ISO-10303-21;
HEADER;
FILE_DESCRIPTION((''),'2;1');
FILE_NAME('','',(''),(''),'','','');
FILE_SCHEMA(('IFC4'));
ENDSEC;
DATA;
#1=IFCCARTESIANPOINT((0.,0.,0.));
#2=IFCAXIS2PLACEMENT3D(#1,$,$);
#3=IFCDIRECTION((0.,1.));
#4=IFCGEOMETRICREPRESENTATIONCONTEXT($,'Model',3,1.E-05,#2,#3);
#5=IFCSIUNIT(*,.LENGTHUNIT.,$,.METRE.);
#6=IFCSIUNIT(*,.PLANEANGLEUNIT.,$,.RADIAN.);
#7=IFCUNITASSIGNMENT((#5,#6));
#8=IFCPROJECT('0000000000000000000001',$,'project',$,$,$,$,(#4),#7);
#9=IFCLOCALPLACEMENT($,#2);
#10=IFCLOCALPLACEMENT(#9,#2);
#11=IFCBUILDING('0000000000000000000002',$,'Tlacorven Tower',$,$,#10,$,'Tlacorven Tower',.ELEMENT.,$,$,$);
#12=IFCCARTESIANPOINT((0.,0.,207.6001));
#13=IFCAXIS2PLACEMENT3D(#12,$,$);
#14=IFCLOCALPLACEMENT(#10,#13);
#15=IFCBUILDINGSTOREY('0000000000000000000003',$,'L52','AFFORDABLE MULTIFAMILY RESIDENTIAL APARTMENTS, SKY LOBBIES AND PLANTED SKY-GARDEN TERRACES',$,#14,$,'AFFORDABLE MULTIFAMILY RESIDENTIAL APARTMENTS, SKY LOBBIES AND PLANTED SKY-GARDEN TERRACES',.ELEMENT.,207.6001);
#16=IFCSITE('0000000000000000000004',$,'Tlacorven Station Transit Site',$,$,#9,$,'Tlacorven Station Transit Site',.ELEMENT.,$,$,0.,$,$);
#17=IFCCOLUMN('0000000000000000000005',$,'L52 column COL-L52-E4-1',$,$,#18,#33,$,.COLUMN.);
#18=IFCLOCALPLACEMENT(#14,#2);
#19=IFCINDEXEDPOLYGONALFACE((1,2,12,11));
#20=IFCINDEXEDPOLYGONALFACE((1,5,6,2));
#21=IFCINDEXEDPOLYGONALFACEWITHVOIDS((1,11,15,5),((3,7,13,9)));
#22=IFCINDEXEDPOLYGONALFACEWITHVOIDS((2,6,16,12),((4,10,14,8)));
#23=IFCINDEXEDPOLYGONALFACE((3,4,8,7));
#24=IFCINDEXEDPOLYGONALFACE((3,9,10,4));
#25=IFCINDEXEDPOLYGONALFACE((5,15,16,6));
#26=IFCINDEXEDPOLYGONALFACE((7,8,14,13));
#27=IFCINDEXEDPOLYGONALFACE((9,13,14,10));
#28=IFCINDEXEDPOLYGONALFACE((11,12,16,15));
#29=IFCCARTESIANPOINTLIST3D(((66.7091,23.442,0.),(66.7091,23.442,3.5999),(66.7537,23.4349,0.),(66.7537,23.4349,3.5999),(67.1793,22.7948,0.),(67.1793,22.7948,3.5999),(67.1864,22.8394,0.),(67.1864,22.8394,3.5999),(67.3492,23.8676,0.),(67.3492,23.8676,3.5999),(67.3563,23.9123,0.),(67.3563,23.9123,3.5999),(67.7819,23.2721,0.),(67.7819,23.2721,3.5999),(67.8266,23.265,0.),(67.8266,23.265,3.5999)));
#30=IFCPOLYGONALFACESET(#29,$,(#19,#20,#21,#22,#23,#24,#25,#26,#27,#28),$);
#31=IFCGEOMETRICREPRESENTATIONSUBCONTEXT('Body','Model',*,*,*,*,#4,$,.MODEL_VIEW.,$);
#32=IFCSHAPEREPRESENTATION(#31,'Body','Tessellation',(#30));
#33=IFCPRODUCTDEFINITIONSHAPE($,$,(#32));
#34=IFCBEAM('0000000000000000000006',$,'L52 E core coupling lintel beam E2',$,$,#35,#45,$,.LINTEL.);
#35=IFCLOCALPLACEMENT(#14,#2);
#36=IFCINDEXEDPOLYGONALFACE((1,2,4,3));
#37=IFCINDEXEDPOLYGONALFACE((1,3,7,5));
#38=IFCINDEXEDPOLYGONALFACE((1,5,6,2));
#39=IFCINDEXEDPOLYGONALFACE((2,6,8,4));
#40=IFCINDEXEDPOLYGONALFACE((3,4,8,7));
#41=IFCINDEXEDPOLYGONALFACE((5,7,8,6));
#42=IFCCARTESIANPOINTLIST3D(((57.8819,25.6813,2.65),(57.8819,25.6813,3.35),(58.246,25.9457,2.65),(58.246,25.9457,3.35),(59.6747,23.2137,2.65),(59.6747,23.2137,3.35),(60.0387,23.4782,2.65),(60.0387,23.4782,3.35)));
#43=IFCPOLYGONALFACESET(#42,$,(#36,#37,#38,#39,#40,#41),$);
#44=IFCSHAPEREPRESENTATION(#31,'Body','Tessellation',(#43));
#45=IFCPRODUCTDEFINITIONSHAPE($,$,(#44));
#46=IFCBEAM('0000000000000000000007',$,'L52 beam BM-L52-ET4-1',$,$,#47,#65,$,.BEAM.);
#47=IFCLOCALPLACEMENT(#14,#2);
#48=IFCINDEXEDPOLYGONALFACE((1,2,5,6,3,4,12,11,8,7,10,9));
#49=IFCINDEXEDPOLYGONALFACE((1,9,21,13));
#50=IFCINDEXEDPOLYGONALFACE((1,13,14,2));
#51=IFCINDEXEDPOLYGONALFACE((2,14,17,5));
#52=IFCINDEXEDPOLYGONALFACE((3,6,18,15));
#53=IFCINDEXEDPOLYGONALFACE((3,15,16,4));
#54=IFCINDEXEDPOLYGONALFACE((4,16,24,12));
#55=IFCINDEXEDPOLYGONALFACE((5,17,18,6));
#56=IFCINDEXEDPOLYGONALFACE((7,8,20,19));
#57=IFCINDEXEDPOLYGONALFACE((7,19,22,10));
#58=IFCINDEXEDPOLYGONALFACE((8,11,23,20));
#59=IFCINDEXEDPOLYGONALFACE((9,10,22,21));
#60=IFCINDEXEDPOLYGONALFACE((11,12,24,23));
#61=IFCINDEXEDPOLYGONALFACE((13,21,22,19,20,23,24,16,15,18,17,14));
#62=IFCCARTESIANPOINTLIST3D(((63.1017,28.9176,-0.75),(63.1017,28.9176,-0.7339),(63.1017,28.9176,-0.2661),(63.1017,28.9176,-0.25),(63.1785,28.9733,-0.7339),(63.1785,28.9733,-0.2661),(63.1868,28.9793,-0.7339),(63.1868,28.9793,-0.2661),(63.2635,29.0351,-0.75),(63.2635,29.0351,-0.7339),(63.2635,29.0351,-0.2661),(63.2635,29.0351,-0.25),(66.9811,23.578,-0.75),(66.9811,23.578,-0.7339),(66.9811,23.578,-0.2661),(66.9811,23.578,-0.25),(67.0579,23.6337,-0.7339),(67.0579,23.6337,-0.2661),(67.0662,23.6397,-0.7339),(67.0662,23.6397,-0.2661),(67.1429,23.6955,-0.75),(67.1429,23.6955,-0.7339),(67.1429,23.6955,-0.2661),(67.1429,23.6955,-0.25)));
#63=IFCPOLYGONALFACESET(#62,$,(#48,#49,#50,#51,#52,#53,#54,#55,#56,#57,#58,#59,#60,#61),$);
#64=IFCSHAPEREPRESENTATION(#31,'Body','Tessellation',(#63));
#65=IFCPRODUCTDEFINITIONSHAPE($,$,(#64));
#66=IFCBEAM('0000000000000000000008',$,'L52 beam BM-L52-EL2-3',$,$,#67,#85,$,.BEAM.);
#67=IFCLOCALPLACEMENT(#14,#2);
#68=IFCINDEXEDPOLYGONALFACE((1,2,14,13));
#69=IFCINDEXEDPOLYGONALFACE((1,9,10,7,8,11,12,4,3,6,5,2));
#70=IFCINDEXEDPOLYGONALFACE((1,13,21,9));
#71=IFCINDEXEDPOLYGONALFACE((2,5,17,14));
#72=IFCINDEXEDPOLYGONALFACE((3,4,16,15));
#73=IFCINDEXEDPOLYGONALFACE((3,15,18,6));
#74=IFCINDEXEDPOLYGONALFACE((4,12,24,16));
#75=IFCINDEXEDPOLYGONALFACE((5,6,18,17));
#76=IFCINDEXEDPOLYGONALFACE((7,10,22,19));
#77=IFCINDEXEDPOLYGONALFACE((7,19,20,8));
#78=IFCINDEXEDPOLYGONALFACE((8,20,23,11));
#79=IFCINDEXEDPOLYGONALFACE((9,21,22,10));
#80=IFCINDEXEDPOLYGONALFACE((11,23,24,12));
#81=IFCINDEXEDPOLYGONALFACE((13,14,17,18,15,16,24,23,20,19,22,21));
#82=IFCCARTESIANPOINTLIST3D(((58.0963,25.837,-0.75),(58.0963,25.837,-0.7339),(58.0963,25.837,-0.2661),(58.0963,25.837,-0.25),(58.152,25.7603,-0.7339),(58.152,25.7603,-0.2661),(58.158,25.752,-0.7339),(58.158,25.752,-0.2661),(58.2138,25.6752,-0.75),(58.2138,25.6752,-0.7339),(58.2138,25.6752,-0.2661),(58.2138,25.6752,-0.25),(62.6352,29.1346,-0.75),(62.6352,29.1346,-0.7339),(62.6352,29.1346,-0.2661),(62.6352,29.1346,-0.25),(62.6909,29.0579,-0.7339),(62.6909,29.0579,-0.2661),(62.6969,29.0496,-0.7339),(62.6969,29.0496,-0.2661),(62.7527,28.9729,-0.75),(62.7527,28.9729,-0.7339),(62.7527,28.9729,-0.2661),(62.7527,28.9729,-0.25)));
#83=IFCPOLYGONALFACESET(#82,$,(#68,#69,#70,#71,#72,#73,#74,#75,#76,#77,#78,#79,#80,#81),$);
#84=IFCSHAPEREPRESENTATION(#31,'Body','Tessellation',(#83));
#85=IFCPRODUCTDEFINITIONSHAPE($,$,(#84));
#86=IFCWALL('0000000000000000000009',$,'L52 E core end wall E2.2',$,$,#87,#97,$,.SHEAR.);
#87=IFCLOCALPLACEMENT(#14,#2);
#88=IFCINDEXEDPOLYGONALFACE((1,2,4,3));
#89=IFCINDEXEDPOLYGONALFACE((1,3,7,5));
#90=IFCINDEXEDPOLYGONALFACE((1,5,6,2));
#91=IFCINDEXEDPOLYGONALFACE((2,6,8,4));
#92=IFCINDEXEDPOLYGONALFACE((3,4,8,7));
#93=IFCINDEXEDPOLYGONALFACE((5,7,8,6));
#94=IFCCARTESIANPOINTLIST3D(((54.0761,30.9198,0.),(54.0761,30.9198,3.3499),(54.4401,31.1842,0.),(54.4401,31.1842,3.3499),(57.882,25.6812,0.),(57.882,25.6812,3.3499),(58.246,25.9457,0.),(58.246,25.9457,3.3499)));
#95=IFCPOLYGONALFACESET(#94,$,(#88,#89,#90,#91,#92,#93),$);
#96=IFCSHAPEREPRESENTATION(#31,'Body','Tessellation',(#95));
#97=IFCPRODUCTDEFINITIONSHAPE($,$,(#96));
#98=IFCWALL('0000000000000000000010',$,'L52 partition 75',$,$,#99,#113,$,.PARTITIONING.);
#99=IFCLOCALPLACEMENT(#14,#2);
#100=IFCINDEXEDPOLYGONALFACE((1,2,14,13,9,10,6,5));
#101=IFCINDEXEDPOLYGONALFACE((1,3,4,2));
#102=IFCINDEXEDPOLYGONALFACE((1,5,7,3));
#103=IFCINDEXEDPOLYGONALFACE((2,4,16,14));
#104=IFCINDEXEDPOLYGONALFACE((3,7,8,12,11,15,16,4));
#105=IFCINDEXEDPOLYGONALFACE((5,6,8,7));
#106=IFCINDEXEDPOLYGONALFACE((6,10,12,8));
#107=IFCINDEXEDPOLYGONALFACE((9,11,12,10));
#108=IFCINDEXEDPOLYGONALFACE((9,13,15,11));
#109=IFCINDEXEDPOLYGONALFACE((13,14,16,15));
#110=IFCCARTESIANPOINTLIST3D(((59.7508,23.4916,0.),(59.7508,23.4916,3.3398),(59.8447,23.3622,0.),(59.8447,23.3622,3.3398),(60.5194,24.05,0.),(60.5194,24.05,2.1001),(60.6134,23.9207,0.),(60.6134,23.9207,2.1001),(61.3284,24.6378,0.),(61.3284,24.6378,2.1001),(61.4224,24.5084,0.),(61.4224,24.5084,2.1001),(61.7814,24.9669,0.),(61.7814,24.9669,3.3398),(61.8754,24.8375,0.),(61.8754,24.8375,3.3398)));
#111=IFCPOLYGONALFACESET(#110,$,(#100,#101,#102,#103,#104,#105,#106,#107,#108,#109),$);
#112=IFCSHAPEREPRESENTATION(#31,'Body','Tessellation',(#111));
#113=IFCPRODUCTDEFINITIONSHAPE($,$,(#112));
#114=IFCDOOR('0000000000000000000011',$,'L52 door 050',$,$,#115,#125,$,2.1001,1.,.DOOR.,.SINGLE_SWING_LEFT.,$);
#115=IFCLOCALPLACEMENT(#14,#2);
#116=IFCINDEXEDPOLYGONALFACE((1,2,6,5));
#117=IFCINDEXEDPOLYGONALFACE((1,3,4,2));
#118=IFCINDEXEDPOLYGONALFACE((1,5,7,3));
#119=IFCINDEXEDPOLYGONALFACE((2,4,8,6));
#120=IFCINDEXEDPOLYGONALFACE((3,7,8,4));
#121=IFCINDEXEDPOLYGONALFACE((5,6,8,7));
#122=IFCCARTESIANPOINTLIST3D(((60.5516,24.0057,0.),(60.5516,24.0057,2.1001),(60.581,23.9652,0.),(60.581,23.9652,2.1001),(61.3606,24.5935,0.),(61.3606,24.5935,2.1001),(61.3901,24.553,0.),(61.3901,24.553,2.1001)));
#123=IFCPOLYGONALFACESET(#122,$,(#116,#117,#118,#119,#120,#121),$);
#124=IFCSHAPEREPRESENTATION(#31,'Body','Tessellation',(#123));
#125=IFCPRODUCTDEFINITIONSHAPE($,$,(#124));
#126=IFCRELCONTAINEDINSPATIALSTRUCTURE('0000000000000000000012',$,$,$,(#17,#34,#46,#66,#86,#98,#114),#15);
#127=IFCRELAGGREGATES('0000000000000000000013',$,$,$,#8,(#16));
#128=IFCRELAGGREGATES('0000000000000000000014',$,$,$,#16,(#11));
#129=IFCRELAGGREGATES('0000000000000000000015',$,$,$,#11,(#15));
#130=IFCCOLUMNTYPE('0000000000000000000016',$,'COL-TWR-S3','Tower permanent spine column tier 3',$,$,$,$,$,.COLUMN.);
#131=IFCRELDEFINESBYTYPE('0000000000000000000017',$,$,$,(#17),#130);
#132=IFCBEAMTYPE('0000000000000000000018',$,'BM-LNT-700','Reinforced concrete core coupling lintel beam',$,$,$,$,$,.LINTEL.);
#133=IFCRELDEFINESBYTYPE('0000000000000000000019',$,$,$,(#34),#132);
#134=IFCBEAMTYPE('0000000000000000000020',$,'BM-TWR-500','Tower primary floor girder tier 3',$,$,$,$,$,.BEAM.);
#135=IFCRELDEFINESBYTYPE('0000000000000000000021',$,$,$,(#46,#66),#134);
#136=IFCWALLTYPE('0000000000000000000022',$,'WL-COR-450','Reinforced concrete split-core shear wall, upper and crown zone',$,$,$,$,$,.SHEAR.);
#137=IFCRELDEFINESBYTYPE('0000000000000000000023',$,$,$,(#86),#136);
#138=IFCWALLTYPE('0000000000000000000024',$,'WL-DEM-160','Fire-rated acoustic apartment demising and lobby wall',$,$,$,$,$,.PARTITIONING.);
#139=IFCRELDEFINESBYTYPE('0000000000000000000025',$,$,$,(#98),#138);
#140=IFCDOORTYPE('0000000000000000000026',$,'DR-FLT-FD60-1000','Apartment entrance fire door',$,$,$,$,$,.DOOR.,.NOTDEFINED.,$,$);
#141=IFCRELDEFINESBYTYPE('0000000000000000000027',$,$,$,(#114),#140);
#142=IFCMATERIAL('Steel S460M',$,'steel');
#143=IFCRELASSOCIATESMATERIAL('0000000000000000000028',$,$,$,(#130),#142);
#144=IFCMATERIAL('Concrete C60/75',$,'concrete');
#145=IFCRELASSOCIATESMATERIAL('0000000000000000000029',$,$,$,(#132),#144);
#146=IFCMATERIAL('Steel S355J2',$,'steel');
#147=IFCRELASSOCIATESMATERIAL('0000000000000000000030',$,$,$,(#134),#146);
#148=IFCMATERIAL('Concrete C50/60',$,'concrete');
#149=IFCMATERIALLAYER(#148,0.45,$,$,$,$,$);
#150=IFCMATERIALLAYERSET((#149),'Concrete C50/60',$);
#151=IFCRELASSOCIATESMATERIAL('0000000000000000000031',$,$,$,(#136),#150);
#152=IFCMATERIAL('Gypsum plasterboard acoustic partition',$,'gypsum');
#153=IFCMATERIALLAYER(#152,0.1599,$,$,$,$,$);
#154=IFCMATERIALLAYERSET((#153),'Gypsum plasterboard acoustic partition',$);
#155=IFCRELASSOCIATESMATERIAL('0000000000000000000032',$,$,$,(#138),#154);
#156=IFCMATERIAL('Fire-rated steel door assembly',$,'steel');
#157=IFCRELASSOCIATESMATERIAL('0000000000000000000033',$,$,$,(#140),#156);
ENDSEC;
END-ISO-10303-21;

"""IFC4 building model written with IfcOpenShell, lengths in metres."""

from ifc_helpers import new_model, si_unit, direction, frame, frame_2d, origin, origin_2d, place, context, subcontext, project, spatial, rectangle, hollow_rectangle, i_section, extrude, source, transform, mapped, material, layer, layer_set, material_profile, profile_set, type_object, element, fill, save


model = new_model("IFC4")

# Units and contexts
model_context = context("Model", 3, precision=1e-05, world=origin(), true_north=direction((0.0, 1.0)))
body_context = subcontext(model_context, "Body", "Model", "MODEL_VIEW")
ifc_project = project(units=[si_unit("LENGTHUNIT", "METRE"), si_unit("PLANEANGLEUNIT", "RADIAN")], contexts=[model_context])

# Site, building, storey
site_placement = place(None, origin())
site = spatial("IfcSite", under=ifc_project, at=site_placement, Name="Tlacorven Station Transit Site", LongName="Tlacorven Station Transit Site", CompositionType="ELEMENT", RefElevation=0.0)
building_placement = place(site_placement, origin())
building = spatial("IfcBuilding", under=site, at=building_placement, Name="Tlacorven Tower", LongName="Tlacorven Tower", CompositionType="ELEMENT")
storey_placement = place(building_placement, frame((0.0, 0.0, 207.6001)))
storey = spatial("IfcBuildingStorey", under=building, at=storey_placement, Name="L52", Description="AFFORDABLE MULTIFAMILY RESIDENTIAL APARTMENTS, SKY LOBBIES AND PLANTED SKY-GARDEN TERRACES", LongName="AFFORDABLE MULTIFAMILY RESIDENTIAL APARTMENTS, SKY LOBBIES AND PLANTED SKY-GARDEN TERRACES", CompositionType="ELEMENT", Elevation=207.6001)

# Column
ifc_material_1 = material(Name="Steel S460M", Category="steel")
ifc_material_profile_1 = material_profile(ifc_material_1, hollow_rectangle(XDim=0.8, YDim=0.8, WallThickness=0.032, at=origin_2d()), Name="BOX 800X800X32")
ifc_profile_set_1 = profile_set([ifc_material_profile_1], Name="Steel S460M")
column_type = type_object("IfcColumnType", Name="COL-TWR-S3", Description="Tower permanent spine column tier 3", PredefinedType="COLUMN", material=ifc_profile_set_1)
shared_shape_1 = source(origin(), body_context, "Body", "SweptSolid", [
    extrude(hollow_rectangle(XDim=0.8, YDim=0.8, WallThickness=0.032, at=origin_2d()), origin(), (0.0, 0.0, 1.0), 3.5999),
])
column_placement = place(storey_placement, frame((67.2678, 23.3535, 0.0), z_axis=(0.0, 0.0, 1.0), x_axis=(0.809017, 0.587785, 0.0)))
element("IfcColumn", 1, at=column_placement, inside=storey, type_object=column_type, Name="L52 column COL-L52-E4-1", PredefinedType="COLUMN", context=body_context, shape_type="MappedRepresentation", body=[
    mapped(shared_shape_1, transform((0.0, 0.0, 0.0), scale=1.0)),
])

# Beams
ifc_material_2 = material(Name="Concrete C60/75", Category="concrete")
ifc_material_profile_2 = material_profile(ifc_material_2, rectangle(XDim=0.45, YDim=0.7, at=origin_2d()), Name="RC 450X700")
ifc_profile_set_2 = profile_set([ifc_material_profile_2], Name="Concrete C60/75")
beam_type_1 = type_object("IfcBeamType", Name="BM-LNT-700", Description="Reinforced concrete core coupling lintel beam", PredefinedType="LINTEL", material=ifc_profile_set_2)
shared_shape_2 = source(origin(), body_context, "Body", "SweptSolid", [
    extrude(rectangle(XDim=0.45, YDim=0.7, at=origin_2d()), origin(), (0.0, 0.0, 1.0), 3.05),
])
beam_1_placement = place(storey_placement, frame((59.8567, 23.3459, 3.0), z_axis=(-0.587777, 0.809023, 0.0), x_axis=(-0.809023, -0.587777, 0.0)))
element("IfcBeam", 2, at=beam_1_placement, inside=storey, type_object=beam_type_1, Name="L52 E core coupling lintel beam E2", PredefinedType="LINTEL", context=body_context, shape_type="MappedRepresentation", body=[
    mapped(shared_shape_2, transform((0.0, 0.0, 0.0), scale=1.0)),
])
ifc_material_3 = material(Name="Steel S355J2", Category="steel")
ifc_material_profile_3 = material_profile(ifc_material_3, i_section(OverallWidth=0.2, OverallDepth=0.5, WebThickness=0.0103, FlangeThickness=0.0161, at=origin_2d()), Name="IPE 500")
ifc_profile_set_3 = profile_set([ifc_material_profile_3], Name="Steel S355J2")
beam_type_2 = type_object("IfcBeamType", Name="BM-TWR-500", Description="Tower primary floor girder tier 3", PredefinedType="BEAM", material=ifc_profile_set_3)
shared_shape_3 = source(origin(), body_context, "Body", "SweptSolid", [
    extrude(i_section(OverallWidth=0.2, OverallDepth=0.5, WebThickness=0.0103, FlangeThickness=0.0161, at=origin_2d()), origin(), (0.0, 0.0, 1.0), 6.6001),
])
beam_2_placement = place(storey_placement, frame((67.062, 23.6367, -0.5), z_axis=(-0.58778, 0.809021, 0.0), x_axis=(-0.809021, -0.58778, 0.0)))
element("IfcBeam", 3, at=beam_2_placement, inside=storey, type_object=beam_type_2, Name="L52 beam BM-L52-ET4-1", PredefinedType="BEAM", context=body_context, shape_type="MappedRepresentation", body=[
    mapped(shared_shape_3, transform((0.0, 0.0, 0.0), scale=1.0)),
])
shared_shape_4 = source(origin(), body_context, "Body", "SweptSolid", [
    extrude(i_section(OverallWidth=0.2, OverallDepth=0.5, WebThickness=0.0103, FlangeThickness=0.0161, at=origin_2d()), origin(), (0.0, 0.0, 1.0), 5.6104),
])
beam_3_placement = place(storey_placement, frame((58.155, 25.7561, -0.5), z_axis=(0.80902, 0.587781, 0.0), x_axis=(-0.587781, 0.80902, 0.0)))
element("IfcBeam", 4, at=beam_3_placement, inside=storey, type_object=beam_type_2, Name="L52 beam BM-L52-EL2-3", PredefinedType="BEAM", context=body_context, shape_type="MappedRepresentation", body=[
    mapped(shared_shape_4, transform((0.0, 0.0, 0.0), scale=1.0)),
])

# Wall
ifc_material_4 = material(Name="Concrete C50/60", Category="concrete")
ifc_layer_1 = layer(ifc_material_4, 0.45)
ifc_layer_set_1 = layer_set([ifc_layer_1], Name="Concrete C50/60")
wall_type_1 = type_object("IfcWallType", Name="WL-COR-450", Description="Reinforced concrete split-core shear wall, upper and crown zone", PredefinedType="SHEAR", material=ifc_layer_set_1)
wall_1_placement = place(storey_placement, frame((58.064, 25.8135, 0.0), z_axis=(0.0, 0.0, 1.0), x_axis=(-0.587775, 0.809025, 0.0)))
element("IfcWall", 5, at=wall_1_placement, inside=storey, type_object=wall_type_1, Name="L52 E core end wall E2.2", PredefinedType="SHEAR", context=body_context, shape_type="SweptSolid", body=[
    extrude(rectangle(XDim=6.4751, YDim=0.45, at=frame_2d((3.2375, 0.0))), origin(), (0.0, 0.0, 1.0), 3.3499),
])

# Wall, opening, door
ifc_material_5 = material(Name="Gypsum plasterboard acoustic partition", Category="gypsum")
ifc_layer_2 = layer(ifc_material_5, 0.1599)
ifc_layer_set_2 = layer_set([ifc_layer_2], Name="Gypsum plasterboard acoustic partition")
wall_type_2 = type_object("IfcWallType", Name="WL-DEM-160", Description="Fire-rated acoustic apartment demising and lobby wall", PredefinedType="PARTITIONING", material=ifc_layer_set_2)
wall_2_placement = place(storey_placement, frame((59.7979, 23.427, 0.0), z_axis=(0.0, 0.0, 1.0), x_axis=(0.809035, 0.587761, 0.0)))
wall_2 = element("IfcWall", 6, at=wall_2_placement, inside=storey, type_object=wall_type_2, Name="L52 partition 75", PredefinedType="PARTITIONING", context=body_context, shape_type="SweptSolid", body=[
    extrude(rectangle(XDim=2.51, YDim=0.1599, at=frame_2d((1.2549, 0.0))), origin(), (0.0, 0.0, 1.0), 3.3398),
])
opening_1_placement = place(wall_2_placement, frame((0.95, 0.0, 0.0)))
opening_1 = element("IfcOpeningElement", 7, at=opening_1_placement, cuts=wall_2, PredefinedType="OPENING", context=body_context, shape_type="SweptSolid", body=[
    extrude(rectangle(XDim=1.0, YDim=2.1001, at=frame_2d((0.5, 1.05))), frame((0.0, 0.0898, 0.0), z_axis=(0.0, -1.0, 0.0), x_axis=(1.0, 0.0, 0.0)), (0.0, 0.0, 1.0), 0.1799),
])
ifc_material_6 = material(Name="Fire-rated steel door assembly", Category="steel")
door_type_1 = type_object("IfcDoorType", Name="DR-FLT-FD60-1000", Description="Apartment entrance fire door", OperationType="NOTDEFINED", PredefinedType="DOOR", material=ifc_material_6)
shared_shape_5 = source(origin(), body_context, "Body", "SweptSolid", [
    extrude(rectangle(XDim=1.0, YDim=2.1001, at=frame_2d((0.5, 1.05))), frame((0.0, 0.0249, 0.0), z_axis=(0.0, -1.0, 0.0), x_axis=(1.0, 0.0, 0.0)), (0.0, 0.0, 1.0), 0.05),
])
door_1_placement = place(opening_1_placement, frame((1.0, 0.0, 0.0), z_axis=(0.0, 0.0, 1.0), x_axis=(-1.0, 0.0, 0.0)))
door_1 = element("IfcDoor", 8, at=door_1_placement, inside=storey, type_object=door_type_1, Name="L52 door 050", OperationType="SINGLE_SWING_LEFT", OverallHeight=2.1001, OverallWidth=1.0, PredefinedType="DOOR", context=body_context, shape_type="MappedRepresentation", body=[
    mapped(shared_shape_5, transform((0.0, 0.0, 0.0), scale=1.0)),
])
fill(opening_1, door_1)

save(model, "model.ifc")
